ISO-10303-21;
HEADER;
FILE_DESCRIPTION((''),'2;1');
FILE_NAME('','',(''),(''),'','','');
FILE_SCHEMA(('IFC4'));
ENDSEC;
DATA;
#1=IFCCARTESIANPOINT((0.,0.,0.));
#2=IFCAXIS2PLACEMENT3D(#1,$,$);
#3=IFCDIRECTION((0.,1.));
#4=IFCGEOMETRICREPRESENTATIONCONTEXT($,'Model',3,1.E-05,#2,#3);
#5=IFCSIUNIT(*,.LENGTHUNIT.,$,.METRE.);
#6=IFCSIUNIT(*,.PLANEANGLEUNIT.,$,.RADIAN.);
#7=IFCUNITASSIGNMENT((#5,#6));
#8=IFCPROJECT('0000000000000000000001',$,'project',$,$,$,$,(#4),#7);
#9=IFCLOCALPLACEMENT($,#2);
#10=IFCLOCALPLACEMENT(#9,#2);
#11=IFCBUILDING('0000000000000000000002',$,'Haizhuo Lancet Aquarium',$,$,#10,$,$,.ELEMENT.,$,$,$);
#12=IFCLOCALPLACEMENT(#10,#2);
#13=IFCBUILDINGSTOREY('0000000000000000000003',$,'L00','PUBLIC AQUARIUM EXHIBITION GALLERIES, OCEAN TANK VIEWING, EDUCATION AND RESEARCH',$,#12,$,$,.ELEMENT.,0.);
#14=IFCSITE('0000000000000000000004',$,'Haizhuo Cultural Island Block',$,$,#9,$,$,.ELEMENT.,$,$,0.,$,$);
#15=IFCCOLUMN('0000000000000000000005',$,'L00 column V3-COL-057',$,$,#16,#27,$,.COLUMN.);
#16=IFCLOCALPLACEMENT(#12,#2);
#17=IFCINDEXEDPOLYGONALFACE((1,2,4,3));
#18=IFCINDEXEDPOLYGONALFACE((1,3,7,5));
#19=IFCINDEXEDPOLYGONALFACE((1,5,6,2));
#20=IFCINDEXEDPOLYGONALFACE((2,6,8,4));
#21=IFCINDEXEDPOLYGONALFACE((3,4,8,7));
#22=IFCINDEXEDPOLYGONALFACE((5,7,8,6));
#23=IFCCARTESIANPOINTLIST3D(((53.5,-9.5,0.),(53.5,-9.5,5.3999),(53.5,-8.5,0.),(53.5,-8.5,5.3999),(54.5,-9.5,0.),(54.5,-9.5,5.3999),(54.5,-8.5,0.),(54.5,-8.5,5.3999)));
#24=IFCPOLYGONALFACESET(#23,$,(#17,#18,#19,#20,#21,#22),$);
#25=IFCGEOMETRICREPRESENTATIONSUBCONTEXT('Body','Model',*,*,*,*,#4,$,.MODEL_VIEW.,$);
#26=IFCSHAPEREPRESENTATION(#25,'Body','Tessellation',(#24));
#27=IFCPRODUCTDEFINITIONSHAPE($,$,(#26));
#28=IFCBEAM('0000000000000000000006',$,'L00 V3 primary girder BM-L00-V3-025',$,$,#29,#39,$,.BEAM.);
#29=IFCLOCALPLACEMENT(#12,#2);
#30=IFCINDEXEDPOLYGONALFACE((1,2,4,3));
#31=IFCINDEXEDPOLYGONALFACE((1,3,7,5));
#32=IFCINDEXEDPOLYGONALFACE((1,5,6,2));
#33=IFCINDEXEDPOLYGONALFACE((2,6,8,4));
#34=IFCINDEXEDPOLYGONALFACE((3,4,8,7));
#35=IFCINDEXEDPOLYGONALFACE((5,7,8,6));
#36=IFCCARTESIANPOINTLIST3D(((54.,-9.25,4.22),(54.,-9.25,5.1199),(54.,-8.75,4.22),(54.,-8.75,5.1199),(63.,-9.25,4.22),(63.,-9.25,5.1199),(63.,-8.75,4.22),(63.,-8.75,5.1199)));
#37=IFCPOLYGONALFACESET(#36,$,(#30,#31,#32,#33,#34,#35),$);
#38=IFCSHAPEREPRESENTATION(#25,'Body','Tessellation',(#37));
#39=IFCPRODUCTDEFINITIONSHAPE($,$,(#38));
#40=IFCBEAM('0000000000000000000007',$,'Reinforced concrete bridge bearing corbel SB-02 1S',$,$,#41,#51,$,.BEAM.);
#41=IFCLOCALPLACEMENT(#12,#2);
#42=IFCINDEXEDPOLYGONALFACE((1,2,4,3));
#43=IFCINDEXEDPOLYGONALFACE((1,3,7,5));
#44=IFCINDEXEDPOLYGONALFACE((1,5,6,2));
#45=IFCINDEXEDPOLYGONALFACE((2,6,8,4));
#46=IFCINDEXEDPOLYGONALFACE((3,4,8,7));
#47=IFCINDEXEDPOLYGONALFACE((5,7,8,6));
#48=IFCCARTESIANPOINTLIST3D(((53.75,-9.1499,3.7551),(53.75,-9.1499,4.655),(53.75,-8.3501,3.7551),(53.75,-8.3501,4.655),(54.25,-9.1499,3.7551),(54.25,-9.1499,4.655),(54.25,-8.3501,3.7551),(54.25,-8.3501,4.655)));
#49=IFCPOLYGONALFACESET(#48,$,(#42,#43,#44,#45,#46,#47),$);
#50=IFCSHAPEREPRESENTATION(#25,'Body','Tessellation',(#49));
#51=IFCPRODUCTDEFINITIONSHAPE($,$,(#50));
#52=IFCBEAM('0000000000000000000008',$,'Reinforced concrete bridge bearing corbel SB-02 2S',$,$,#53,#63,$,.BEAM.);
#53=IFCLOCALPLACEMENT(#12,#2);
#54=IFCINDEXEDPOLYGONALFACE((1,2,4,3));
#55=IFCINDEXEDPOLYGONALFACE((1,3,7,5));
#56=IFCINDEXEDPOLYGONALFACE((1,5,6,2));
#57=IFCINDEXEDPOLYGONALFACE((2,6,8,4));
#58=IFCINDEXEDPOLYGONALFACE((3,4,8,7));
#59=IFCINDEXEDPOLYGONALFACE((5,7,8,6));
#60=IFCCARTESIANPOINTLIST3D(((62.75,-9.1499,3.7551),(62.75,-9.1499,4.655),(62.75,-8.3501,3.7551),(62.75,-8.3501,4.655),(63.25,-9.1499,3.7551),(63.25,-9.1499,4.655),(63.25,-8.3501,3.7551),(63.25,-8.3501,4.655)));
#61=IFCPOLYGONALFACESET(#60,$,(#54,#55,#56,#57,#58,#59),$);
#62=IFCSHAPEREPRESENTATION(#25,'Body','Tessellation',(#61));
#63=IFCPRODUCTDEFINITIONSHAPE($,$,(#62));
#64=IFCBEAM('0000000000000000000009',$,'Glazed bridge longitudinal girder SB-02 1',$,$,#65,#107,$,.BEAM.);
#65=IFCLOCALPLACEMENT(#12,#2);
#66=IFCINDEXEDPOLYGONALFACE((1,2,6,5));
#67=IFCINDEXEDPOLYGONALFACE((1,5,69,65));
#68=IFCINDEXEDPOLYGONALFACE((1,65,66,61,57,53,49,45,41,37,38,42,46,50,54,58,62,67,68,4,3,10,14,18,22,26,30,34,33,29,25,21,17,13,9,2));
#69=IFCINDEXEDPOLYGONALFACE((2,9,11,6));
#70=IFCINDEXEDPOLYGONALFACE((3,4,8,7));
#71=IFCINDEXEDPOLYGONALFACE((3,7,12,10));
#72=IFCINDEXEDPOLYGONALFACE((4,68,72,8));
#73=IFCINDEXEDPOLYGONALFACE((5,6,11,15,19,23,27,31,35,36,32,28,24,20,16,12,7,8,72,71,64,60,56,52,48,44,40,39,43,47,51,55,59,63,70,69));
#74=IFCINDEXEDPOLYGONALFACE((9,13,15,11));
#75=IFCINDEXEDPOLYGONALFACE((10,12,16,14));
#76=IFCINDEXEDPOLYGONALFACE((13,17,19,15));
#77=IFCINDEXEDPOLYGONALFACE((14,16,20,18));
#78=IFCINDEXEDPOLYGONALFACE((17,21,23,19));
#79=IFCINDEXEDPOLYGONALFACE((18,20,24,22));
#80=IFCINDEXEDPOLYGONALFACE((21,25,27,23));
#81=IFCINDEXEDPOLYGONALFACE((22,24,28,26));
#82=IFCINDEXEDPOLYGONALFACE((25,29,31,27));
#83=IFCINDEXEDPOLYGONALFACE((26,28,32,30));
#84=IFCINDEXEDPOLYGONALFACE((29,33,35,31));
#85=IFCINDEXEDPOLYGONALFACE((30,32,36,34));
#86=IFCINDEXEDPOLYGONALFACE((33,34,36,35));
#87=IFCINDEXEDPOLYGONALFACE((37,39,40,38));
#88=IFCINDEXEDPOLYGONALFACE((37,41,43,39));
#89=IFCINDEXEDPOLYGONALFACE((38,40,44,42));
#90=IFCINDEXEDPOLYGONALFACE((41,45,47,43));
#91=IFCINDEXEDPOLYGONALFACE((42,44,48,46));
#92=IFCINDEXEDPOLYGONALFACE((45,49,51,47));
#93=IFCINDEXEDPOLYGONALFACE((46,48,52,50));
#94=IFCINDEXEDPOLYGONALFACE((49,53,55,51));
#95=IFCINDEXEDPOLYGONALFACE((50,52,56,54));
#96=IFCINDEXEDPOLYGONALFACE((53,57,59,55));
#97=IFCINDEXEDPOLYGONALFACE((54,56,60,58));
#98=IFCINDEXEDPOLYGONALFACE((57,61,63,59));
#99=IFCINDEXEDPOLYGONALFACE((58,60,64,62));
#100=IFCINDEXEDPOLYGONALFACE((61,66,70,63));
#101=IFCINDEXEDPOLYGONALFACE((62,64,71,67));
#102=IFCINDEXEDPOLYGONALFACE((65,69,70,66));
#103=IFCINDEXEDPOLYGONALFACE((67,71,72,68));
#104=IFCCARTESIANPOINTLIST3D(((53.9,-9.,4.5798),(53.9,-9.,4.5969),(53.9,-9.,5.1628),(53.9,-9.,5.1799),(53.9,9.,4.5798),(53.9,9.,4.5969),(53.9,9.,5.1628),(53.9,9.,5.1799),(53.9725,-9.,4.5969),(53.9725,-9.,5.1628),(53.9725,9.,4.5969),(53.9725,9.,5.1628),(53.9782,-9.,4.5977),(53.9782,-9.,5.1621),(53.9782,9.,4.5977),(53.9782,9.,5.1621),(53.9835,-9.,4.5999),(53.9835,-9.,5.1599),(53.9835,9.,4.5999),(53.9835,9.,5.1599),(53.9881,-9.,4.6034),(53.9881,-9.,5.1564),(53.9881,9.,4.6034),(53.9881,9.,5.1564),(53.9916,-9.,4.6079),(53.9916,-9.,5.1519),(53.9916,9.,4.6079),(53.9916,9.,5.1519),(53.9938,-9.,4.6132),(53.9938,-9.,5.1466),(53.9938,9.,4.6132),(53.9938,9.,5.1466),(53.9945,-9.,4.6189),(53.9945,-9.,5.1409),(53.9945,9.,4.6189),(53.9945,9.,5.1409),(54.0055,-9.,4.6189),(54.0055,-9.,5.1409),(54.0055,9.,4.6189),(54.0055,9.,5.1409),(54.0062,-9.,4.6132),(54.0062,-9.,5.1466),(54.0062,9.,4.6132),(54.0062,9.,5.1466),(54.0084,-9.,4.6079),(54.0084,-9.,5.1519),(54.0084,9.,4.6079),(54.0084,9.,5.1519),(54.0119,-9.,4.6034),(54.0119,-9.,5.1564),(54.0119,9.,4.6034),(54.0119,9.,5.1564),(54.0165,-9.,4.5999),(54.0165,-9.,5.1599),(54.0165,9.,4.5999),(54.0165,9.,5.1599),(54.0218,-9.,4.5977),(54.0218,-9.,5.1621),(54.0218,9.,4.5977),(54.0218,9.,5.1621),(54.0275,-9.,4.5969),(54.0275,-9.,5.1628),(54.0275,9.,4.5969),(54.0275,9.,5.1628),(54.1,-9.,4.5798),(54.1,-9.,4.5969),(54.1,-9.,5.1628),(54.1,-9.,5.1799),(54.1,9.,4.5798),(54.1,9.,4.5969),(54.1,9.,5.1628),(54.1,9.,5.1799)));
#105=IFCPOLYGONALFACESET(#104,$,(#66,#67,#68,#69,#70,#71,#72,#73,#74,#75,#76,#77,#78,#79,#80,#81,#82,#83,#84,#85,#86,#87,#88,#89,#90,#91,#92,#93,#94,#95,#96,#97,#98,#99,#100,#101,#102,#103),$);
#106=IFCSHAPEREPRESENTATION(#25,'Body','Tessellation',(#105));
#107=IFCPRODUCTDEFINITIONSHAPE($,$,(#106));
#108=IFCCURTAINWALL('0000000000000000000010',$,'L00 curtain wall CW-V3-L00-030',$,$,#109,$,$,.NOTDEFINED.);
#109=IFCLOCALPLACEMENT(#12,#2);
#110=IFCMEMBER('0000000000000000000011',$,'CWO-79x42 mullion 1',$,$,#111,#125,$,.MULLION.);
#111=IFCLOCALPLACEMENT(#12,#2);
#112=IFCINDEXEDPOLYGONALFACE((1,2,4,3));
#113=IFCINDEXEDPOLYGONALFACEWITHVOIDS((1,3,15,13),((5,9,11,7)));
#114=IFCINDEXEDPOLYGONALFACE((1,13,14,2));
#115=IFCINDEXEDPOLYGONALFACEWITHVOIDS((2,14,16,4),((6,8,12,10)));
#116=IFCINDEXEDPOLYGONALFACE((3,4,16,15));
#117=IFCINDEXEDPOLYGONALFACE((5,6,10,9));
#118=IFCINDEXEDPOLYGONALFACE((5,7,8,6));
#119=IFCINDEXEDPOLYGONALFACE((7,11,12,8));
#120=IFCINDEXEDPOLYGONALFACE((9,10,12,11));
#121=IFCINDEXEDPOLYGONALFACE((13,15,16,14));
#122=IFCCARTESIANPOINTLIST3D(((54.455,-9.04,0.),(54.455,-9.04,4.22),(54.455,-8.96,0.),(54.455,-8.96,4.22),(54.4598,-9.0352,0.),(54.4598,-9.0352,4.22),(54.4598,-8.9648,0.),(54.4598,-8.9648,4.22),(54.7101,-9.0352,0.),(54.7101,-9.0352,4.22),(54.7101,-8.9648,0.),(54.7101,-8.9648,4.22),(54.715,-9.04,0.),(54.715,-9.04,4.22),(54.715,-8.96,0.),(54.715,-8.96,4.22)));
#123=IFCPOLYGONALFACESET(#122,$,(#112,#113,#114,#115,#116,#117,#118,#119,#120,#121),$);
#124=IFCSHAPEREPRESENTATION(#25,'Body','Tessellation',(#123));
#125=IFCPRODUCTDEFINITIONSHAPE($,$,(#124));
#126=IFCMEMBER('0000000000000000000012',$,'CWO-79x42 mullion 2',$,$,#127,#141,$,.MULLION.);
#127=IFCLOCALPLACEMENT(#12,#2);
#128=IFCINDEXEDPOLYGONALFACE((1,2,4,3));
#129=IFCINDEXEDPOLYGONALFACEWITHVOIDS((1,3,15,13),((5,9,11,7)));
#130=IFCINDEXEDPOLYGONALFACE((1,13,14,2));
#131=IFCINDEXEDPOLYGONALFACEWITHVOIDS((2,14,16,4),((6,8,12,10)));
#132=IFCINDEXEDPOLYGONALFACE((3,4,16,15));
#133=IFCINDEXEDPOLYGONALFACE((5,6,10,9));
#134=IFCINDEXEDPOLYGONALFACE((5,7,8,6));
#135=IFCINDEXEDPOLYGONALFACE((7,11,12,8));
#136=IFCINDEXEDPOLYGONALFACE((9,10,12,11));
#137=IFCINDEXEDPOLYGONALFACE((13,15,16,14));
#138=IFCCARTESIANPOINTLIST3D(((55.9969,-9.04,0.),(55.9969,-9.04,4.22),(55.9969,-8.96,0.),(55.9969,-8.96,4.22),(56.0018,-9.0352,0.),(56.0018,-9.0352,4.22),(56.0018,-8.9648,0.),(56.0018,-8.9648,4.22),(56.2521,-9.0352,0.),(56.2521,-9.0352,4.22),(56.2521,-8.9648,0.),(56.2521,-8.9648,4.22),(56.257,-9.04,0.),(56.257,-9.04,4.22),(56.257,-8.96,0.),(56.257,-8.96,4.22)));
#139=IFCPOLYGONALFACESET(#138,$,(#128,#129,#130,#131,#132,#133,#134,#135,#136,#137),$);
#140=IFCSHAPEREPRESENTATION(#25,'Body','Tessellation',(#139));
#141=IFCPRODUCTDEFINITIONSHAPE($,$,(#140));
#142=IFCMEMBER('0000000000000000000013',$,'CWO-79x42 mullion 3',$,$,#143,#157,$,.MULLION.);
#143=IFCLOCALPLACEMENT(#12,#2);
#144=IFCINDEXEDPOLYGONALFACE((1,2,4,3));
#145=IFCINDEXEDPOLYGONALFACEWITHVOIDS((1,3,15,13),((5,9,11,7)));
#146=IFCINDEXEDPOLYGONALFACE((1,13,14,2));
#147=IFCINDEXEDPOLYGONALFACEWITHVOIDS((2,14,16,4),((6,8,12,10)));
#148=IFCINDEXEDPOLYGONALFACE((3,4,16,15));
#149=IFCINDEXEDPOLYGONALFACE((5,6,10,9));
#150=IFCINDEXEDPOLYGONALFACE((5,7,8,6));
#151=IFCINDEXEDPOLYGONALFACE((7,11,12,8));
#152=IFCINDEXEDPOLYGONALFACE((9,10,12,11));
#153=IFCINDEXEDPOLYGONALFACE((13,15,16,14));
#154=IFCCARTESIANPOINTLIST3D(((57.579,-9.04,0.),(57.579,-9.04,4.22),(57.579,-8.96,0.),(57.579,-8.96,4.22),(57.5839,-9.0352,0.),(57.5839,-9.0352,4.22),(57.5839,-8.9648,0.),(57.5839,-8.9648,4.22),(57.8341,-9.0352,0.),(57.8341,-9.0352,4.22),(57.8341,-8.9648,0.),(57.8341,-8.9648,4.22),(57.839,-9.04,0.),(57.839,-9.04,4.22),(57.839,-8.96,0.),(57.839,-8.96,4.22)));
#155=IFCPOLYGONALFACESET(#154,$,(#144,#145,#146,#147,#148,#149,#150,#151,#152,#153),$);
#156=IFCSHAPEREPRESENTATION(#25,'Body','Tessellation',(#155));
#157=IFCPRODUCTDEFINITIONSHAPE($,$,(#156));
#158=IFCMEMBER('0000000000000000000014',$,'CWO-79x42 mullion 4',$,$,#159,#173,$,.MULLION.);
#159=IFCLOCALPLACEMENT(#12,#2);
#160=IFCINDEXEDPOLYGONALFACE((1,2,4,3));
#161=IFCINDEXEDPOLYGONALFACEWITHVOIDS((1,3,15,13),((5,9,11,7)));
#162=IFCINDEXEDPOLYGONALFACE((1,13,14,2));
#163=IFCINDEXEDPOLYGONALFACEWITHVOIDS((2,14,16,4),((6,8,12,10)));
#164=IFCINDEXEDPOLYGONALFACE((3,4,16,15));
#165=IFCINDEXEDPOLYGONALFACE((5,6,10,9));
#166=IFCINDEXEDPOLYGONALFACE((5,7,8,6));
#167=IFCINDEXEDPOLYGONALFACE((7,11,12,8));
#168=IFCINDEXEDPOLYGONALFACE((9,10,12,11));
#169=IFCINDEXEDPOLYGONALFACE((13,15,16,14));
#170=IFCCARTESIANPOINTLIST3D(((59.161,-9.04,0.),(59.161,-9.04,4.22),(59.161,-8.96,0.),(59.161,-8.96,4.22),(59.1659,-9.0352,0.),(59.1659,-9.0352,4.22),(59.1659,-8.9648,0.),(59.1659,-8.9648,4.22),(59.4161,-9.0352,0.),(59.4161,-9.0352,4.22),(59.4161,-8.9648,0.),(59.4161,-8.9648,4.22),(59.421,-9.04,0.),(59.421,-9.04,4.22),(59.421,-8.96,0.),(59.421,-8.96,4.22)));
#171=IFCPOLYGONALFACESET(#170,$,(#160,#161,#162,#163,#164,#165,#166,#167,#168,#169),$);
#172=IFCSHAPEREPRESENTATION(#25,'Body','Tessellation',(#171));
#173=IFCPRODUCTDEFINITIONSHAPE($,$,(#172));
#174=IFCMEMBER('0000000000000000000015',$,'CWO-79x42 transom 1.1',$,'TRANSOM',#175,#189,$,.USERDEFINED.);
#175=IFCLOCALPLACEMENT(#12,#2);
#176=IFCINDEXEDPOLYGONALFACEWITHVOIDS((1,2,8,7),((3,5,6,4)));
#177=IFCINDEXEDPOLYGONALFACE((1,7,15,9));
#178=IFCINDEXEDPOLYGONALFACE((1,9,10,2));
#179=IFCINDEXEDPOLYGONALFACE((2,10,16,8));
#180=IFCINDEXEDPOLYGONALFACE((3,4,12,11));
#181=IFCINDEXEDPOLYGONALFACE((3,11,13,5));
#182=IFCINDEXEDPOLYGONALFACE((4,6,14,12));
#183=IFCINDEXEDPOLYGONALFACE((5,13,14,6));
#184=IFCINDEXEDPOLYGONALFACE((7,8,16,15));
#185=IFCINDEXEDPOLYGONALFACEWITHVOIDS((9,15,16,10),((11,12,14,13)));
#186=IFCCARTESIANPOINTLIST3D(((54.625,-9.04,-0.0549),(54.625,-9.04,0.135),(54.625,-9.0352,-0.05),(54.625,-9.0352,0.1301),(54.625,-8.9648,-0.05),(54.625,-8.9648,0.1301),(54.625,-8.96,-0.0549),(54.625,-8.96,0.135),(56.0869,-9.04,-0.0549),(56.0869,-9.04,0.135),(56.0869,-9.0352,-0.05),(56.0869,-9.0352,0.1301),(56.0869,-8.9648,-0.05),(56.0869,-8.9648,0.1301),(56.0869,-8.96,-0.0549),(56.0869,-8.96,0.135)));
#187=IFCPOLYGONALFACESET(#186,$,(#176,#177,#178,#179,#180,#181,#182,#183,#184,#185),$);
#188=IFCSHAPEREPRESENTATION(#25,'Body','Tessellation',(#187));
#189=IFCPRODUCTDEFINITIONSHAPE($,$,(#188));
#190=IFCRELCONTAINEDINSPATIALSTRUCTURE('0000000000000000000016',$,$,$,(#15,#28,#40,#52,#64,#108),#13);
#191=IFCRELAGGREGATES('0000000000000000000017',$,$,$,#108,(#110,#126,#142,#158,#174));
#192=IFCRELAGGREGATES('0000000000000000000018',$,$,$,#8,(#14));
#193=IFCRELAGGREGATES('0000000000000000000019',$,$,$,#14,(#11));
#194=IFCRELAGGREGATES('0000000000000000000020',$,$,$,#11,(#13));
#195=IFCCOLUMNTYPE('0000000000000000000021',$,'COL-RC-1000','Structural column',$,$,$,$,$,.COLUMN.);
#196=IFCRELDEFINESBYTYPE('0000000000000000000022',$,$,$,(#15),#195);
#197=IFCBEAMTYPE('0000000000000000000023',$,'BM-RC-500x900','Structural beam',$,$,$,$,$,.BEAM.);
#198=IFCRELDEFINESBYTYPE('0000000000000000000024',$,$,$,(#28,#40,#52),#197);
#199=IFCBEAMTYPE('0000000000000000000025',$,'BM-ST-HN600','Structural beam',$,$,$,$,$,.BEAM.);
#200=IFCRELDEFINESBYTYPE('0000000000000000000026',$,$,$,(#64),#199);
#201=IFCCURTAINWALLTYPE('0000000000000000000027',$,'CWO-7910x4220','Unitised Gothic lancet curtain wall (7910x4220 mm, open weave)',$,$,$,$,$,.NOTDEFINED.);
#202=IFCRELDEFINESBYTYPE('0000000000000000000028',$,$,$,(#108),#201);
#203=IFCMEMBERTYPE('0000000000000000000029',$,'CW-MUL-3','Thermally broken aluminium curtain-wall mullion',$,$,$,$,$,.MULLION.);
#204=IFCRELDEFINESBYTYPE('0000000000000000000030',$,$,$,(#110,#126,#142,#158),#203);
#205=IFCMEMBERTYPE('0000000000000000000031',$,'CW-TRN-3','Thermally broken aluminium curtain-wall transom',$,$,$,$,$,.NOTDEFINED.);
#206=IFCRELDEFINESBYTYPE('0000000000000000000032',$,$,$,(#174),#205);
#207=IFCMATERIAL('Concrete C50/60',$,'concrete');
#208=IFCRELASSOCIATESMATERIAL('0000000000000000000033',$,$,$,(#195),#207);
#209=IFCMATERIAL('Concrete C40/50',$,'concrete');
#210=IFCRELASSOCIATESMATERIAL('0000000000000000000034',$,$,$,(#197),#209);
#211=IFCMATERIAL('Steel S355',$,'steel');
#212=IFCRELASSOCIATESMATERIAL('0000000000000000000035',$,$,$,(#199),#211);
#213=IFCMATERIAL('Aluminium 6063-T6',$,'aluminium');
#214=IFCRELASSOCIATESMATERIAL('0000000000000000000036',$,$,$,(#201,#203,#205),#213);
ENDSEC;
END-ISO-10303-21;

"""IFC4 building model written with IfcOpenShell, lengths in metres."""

from ifc_helpers import new_model, si_unit, direction, frame, origin, origin_2d, place, context, subcontext, project, spatial, rectangle, hollow_rectangle, i_section, extrude, material, material_profile, profile_set, type_object, element, aggregate, save


model = new_model("IFC4")

# Units and contexts
model_context = context("Model", 3, precision=1e-05, world=origin(), true_north=direction((0.0, 1.0)))
body_context = subcontext(model_context, "Body", "Model", "MODEL_VIEW")
ifc_project = project(units=[si_unit("LENGTHUNIT", "METRE"), si_unit("PLANEANGLEUNIT", "RADIAN")], contexts=[model_context])

# Site, building, storey
site_placement = place(None, origin())
site = spatial("IfcSite", under=ifc_project, at=site_placement, Name="Haizhuo Cultural Island Block", CompositionType="ELEMENT", RefElevation=0.0)
building_placement = place(site_placement, origin())
building = spatial("IfcBuilding", under=site, at=building_placement, Name="Haizhuo Lancet Aquarium", CompositionType="ELEMENT")
storey_placement = place(building_placement, origin())
storey = spatial("IfcBuildingStorey", under=building, at=storey_placement, Name="L00", Description="PUBLIC AQUARIUM EXHIBITION GALLERIES, OCEAN TANK VIEWING, EDUCATION AND RESEARCH", CompositionType="ELEMENT", Elevation=0.0)

# Column
ifc_material_1 = material(Name="Concrete C50/60", Category="concrete")
ifc_material_profile_1 = material_profile(ifc_material_1, rectangle(XDim=1.0, YDim=1.0, at=origin_2d()), Name="RC-COL 1000x1000")
ifc_profile_set_1 = profile_set([ifc_material_profile_1], Name="Concrete C50/60")
column_type = type_object("IfcColumnType", Name="COL-RC-1000", Description="Structural column", PredefinedType="COLUMN", material=ifc_profile_set_1)
column_placement = place(storey_placement, frame((54.0, -9.0, 0.0), z_axis=(0.0, 0.0, 1.0), x_axis=(1.0, 0.0, 0.0)))
element("IfcColumn", 1, at=column_placement, inside=storey, type_object=column_type, Name="L00 column V3-COL-057", PredefinedType="COLUMN", context=body_context, shape_type="SweptSolid", body=[
    extrude(rectangle(XDim=1.0, YDim=1.0, at=origin_2d()), origin(), (0.0, 0.0, 1.0), 5.3999),
])

# Beams
ifc_material_2 = material(Name="Concrete C40/50", Category="concrete")
ifc_material_profile_2 = material_profile(ifc_material_2, rectangle(XDim=0.5, YDim=0.8999, at=origin_2d()), Name="RC-BM 500x900")
ifc_profile_set_2 = profile_set([ifc_material_profile_2], Name="Concrete C40/50")
beam_type_1 = type_object("IfcBeamType", Name="BM-RC-500x900", Description="Structural beam", PredefinedType="BEAM", material=ifc_profile_set_2)
beam_1_placement = place(storey_placement, frame((54.0, -9.0, 4.6699), z_axis=(1.0, 0.0, 0.0), x_axis=(0.0, 1.0, 0.0)))
element("IfcBeam", 2, at=beam_1_placement, inside=storey, type_object=beam_type_1, Name="L00 V3 primary girder BM-L00-V3-025", PredefinedType="BEAM", context=body_context, shape_type="SweptSolid", body=[
    extrude(rectangle(XDim=0.5, YDim=0.8999, at=origin_2d()), origin(), (0.0, 0.0, 1.0), 9.0),
])
for number, where, z_axis, x_axis, name in (
    (3, (54.0, -9.1499, 4.2051), (0.0, 1.0, 0.0), (-1.0, 0.0, 0.0), "Reinforced concrete bridge bearing corbel SB-02 1S"),
    (4, (63.0, -9.1499, 4.2051), (0.0, 1.0, 0.0), (-1.0, 0.0, 0.0), "Reinforced concrete bridge bearing corbel SB-02 2S"),
):
    element("IfcBeam", number, at=place(storey_placement, frame(where, z_axis=z_axis, x_axis=x_axis)), inside=storey, type_object=beam_type_1, Name=name, PredefinedType="BEAM", context=body_context, shape_type="SweptSolid", body=[
        extrude(rectangle(XDim=0.5, YDim=0.8999, at=origin_2d()), origin(), (0.0, 0.0, 1.0), 0.7998),
    ])
ifc_material_3 = material(Name="Steel S355", Category="steel")
ifc_material_profile_3 = material_profile(ifc_material_3, i_section(OverallWidth=0.2, OverallDepth=0.6001, WebThickness=0.011, FlangeThickness=0.0171, FilletRadius=0.022, at=origin_2d()), Name="HN 600x200x11x17")
ifc_profile_set_3 = profile_set([ifc_material_profile_3], Name="Steel S355")
beam_type_2 = type_object("IfcBeamType", Name="BM-ST-HN600", Description="Structural beam", PredefinedType="BEAM", material=ifc_profile_set_3)
beam_2_placement = place(storey_placement, frame((54.0, -9.0, 4.8799), z_axis=(0.0, 1.0, 0.0), x_axis=(-1.0, 0.0, 0.0)))
element("IfcBeam", 5, at=beam_2_placement, inside=storey, type_object=beam_type_2, Name="Glazed bridge longitudinal girder SB-02 1", PredefinedType="BEAM", context=body_context, shape_type="SweptSolid", body=[
    extrude(i_section(OverallWidth=0.2, OverallDepth=0.6001, WebThickness=0.011, FlangeThickness=0.0171, FilletRadius=0.022, at=origin_2d()), origin(), (0.0, 0.0, 1.0), 18.0),
])

# Curtain wall, members
ifc_material_4 = material(Name="Aluminium 6063-T6", Category="aluminium")
curtain_wall_type = type_object("IfcCurtainWallType", Name="CWO-7910x4220", Description="Unitised Gothic lancet curtain wall (7910x4220 mm, open weave)", PredefinedType="NOTDEFINED", material=ifc_material_4)
curtain_wall_placement = place(storey_placement, origin())
curtain_wall = element("IfcCurtainWall", 6, at=curtain_wall_placement, inside=storey, type_object=curtain_wall_type, Name="L00 curtain wall CW-V3-L00-030", PredefinedType="NOTDEFINED")
ifc_material_profile_4 = material_profile(ifc_material_4, hollow_rectangle(XDim=0.0801, YDim=0.26, WallThickness=0.0049, at=origin_2d()), Name="ALU-M 80x260x5")
ifc_profile_set_4 = profile_set([ifc_material_profile_4], Name="Aluminium 6063-T6")
member_type_1 = type_object("IfcMemberType", Name="CW-MUL-3", Description="Thermally broken aluminium curtain-wall mullion", PredefinedType="MULLION", material=ifc_profile_set_4)
member_1_placement = place(storey_placement, frame((54.585, -9.0, 0.0), z_axis=(0.0, 0.0, 1.0), x_axis=(0.0, 1.0, 0.0)))
member_1 = element("IfcMember", 7, at=member_1_placement, type_object=member_type_1, Name="CWO-79x42 mullion 1", PredefinedType="MULLION", context=body_context, shape_type="SweptSolid", body=[
    extrude(hollow_rectangle(XDim=0.0801, YDim=0.26, WallThickness=0.0049, at=origin_2d()), origin(), (0.0, 0.0, 1.0), 4.22),
])
member_2_placement = place(storey_placement, frame((56.127, -9.0, 0.0), z_axis=(0.0, 0.0, 1.0), x_axis=(0.0, 1.0, 0.0)))
member_2 = element("IfcMember", 8, at=member_2_placement, type_object=member_type_1, Name="CWO-79x42 mullion 2", PredefinedType="MULLION", context=body_context, shape_type="SweptSolid", body=[
    extrude(hollow_rectangle(XDim=0.0801, YDim=0.26, WallThickness=0.0049, at=origin_2d()), origin(), (0.0, 0.0, 1.0), 4.22),
])
member_3_placement = place(storey_placement, frame((57.709, -9.0, 0.0), z_axis=(0.0, 0.0, 1.0), x_axis=(0.0, 1.0, 0.0)))
member_3 = element("IfcMember", 9, at=member_3_placement, type_object=member_type_1, Name="CWO-79x42 mullion 3", PredefinedType="MULLION", context=body_context, shape_type="SweptSolid", body=[
    extrude(hollow_rectangle(XDim=0.0801, YDim=0.26, WallThickness=0.0049, at=origin_2d()), origin(), (0.0, 0.0, 1.0), 4.22),
])
member_4_placement = place(storey_placement, frame((59.291, -9.0, 0.0), z_axis=(0.0, 0.0, 1.0), x_axis=(0.0, 1.0, 0.0)))
member_4 = element("IfcMember", 10, at=member_4_placement, type_object=member_type_1, Name="CWO-79x42 mullion 4", PredefinedType="MULLION", context=body_context, shape_type="SweptSolid", body=[
    extrude(hollow_rectangle(XDim=0.0801, YDim=0.26, WallThickness=0.0049, at=origin_2d()), origin(), (0.0, 0.0, 1.0), 4.22),
])
ifc_material_profile_5 = material_profile(ifc_material_4, hollow_rectangle(XDim=0.0801, YDim=0.1899, WallThickness=0.0049, at=origin_2d()), Name="ALU-T 80x190x5")
ifc_profile_set_5 = profile_set([ifc_material_profile_5], Name="Aluminium 6063-T6")
member_type_2 = type_object("IfcMemberType", Name="CW-TRN-3", Description="Thermally broken aluminium curtain-wall transom", PredefinedType="NOTDEFINED", material=ifc_profile_set_5)
member_5_placement = place(storey_placement, frame((54.625, -9.0, 0.04), z_axis=(1.0, 0.0, 0.0), x_axis=(0.0, 1.0, 0.0)))
member_5 = element("IfcMember", 11, at=member_5_placement, type_object=member_type_2, Name="CWO-79x42 transom 1.1", ObjectType="TRANSOM", PredefinedType="USERDEFINED", context=body_context, shape_type="SweptSolid", body=[
    extrude(hollow_rectangle(XDim=0.0801, YDim=0.1899, WallThickness=0.0049, at=origin_2d()), origin(), (0.0, 0.0, 1.0), 1.4619),
])

aggregate(curtain_wall, [member_1, member_2, member_3, member_4, member_5])

save(model, "model.ifc")
